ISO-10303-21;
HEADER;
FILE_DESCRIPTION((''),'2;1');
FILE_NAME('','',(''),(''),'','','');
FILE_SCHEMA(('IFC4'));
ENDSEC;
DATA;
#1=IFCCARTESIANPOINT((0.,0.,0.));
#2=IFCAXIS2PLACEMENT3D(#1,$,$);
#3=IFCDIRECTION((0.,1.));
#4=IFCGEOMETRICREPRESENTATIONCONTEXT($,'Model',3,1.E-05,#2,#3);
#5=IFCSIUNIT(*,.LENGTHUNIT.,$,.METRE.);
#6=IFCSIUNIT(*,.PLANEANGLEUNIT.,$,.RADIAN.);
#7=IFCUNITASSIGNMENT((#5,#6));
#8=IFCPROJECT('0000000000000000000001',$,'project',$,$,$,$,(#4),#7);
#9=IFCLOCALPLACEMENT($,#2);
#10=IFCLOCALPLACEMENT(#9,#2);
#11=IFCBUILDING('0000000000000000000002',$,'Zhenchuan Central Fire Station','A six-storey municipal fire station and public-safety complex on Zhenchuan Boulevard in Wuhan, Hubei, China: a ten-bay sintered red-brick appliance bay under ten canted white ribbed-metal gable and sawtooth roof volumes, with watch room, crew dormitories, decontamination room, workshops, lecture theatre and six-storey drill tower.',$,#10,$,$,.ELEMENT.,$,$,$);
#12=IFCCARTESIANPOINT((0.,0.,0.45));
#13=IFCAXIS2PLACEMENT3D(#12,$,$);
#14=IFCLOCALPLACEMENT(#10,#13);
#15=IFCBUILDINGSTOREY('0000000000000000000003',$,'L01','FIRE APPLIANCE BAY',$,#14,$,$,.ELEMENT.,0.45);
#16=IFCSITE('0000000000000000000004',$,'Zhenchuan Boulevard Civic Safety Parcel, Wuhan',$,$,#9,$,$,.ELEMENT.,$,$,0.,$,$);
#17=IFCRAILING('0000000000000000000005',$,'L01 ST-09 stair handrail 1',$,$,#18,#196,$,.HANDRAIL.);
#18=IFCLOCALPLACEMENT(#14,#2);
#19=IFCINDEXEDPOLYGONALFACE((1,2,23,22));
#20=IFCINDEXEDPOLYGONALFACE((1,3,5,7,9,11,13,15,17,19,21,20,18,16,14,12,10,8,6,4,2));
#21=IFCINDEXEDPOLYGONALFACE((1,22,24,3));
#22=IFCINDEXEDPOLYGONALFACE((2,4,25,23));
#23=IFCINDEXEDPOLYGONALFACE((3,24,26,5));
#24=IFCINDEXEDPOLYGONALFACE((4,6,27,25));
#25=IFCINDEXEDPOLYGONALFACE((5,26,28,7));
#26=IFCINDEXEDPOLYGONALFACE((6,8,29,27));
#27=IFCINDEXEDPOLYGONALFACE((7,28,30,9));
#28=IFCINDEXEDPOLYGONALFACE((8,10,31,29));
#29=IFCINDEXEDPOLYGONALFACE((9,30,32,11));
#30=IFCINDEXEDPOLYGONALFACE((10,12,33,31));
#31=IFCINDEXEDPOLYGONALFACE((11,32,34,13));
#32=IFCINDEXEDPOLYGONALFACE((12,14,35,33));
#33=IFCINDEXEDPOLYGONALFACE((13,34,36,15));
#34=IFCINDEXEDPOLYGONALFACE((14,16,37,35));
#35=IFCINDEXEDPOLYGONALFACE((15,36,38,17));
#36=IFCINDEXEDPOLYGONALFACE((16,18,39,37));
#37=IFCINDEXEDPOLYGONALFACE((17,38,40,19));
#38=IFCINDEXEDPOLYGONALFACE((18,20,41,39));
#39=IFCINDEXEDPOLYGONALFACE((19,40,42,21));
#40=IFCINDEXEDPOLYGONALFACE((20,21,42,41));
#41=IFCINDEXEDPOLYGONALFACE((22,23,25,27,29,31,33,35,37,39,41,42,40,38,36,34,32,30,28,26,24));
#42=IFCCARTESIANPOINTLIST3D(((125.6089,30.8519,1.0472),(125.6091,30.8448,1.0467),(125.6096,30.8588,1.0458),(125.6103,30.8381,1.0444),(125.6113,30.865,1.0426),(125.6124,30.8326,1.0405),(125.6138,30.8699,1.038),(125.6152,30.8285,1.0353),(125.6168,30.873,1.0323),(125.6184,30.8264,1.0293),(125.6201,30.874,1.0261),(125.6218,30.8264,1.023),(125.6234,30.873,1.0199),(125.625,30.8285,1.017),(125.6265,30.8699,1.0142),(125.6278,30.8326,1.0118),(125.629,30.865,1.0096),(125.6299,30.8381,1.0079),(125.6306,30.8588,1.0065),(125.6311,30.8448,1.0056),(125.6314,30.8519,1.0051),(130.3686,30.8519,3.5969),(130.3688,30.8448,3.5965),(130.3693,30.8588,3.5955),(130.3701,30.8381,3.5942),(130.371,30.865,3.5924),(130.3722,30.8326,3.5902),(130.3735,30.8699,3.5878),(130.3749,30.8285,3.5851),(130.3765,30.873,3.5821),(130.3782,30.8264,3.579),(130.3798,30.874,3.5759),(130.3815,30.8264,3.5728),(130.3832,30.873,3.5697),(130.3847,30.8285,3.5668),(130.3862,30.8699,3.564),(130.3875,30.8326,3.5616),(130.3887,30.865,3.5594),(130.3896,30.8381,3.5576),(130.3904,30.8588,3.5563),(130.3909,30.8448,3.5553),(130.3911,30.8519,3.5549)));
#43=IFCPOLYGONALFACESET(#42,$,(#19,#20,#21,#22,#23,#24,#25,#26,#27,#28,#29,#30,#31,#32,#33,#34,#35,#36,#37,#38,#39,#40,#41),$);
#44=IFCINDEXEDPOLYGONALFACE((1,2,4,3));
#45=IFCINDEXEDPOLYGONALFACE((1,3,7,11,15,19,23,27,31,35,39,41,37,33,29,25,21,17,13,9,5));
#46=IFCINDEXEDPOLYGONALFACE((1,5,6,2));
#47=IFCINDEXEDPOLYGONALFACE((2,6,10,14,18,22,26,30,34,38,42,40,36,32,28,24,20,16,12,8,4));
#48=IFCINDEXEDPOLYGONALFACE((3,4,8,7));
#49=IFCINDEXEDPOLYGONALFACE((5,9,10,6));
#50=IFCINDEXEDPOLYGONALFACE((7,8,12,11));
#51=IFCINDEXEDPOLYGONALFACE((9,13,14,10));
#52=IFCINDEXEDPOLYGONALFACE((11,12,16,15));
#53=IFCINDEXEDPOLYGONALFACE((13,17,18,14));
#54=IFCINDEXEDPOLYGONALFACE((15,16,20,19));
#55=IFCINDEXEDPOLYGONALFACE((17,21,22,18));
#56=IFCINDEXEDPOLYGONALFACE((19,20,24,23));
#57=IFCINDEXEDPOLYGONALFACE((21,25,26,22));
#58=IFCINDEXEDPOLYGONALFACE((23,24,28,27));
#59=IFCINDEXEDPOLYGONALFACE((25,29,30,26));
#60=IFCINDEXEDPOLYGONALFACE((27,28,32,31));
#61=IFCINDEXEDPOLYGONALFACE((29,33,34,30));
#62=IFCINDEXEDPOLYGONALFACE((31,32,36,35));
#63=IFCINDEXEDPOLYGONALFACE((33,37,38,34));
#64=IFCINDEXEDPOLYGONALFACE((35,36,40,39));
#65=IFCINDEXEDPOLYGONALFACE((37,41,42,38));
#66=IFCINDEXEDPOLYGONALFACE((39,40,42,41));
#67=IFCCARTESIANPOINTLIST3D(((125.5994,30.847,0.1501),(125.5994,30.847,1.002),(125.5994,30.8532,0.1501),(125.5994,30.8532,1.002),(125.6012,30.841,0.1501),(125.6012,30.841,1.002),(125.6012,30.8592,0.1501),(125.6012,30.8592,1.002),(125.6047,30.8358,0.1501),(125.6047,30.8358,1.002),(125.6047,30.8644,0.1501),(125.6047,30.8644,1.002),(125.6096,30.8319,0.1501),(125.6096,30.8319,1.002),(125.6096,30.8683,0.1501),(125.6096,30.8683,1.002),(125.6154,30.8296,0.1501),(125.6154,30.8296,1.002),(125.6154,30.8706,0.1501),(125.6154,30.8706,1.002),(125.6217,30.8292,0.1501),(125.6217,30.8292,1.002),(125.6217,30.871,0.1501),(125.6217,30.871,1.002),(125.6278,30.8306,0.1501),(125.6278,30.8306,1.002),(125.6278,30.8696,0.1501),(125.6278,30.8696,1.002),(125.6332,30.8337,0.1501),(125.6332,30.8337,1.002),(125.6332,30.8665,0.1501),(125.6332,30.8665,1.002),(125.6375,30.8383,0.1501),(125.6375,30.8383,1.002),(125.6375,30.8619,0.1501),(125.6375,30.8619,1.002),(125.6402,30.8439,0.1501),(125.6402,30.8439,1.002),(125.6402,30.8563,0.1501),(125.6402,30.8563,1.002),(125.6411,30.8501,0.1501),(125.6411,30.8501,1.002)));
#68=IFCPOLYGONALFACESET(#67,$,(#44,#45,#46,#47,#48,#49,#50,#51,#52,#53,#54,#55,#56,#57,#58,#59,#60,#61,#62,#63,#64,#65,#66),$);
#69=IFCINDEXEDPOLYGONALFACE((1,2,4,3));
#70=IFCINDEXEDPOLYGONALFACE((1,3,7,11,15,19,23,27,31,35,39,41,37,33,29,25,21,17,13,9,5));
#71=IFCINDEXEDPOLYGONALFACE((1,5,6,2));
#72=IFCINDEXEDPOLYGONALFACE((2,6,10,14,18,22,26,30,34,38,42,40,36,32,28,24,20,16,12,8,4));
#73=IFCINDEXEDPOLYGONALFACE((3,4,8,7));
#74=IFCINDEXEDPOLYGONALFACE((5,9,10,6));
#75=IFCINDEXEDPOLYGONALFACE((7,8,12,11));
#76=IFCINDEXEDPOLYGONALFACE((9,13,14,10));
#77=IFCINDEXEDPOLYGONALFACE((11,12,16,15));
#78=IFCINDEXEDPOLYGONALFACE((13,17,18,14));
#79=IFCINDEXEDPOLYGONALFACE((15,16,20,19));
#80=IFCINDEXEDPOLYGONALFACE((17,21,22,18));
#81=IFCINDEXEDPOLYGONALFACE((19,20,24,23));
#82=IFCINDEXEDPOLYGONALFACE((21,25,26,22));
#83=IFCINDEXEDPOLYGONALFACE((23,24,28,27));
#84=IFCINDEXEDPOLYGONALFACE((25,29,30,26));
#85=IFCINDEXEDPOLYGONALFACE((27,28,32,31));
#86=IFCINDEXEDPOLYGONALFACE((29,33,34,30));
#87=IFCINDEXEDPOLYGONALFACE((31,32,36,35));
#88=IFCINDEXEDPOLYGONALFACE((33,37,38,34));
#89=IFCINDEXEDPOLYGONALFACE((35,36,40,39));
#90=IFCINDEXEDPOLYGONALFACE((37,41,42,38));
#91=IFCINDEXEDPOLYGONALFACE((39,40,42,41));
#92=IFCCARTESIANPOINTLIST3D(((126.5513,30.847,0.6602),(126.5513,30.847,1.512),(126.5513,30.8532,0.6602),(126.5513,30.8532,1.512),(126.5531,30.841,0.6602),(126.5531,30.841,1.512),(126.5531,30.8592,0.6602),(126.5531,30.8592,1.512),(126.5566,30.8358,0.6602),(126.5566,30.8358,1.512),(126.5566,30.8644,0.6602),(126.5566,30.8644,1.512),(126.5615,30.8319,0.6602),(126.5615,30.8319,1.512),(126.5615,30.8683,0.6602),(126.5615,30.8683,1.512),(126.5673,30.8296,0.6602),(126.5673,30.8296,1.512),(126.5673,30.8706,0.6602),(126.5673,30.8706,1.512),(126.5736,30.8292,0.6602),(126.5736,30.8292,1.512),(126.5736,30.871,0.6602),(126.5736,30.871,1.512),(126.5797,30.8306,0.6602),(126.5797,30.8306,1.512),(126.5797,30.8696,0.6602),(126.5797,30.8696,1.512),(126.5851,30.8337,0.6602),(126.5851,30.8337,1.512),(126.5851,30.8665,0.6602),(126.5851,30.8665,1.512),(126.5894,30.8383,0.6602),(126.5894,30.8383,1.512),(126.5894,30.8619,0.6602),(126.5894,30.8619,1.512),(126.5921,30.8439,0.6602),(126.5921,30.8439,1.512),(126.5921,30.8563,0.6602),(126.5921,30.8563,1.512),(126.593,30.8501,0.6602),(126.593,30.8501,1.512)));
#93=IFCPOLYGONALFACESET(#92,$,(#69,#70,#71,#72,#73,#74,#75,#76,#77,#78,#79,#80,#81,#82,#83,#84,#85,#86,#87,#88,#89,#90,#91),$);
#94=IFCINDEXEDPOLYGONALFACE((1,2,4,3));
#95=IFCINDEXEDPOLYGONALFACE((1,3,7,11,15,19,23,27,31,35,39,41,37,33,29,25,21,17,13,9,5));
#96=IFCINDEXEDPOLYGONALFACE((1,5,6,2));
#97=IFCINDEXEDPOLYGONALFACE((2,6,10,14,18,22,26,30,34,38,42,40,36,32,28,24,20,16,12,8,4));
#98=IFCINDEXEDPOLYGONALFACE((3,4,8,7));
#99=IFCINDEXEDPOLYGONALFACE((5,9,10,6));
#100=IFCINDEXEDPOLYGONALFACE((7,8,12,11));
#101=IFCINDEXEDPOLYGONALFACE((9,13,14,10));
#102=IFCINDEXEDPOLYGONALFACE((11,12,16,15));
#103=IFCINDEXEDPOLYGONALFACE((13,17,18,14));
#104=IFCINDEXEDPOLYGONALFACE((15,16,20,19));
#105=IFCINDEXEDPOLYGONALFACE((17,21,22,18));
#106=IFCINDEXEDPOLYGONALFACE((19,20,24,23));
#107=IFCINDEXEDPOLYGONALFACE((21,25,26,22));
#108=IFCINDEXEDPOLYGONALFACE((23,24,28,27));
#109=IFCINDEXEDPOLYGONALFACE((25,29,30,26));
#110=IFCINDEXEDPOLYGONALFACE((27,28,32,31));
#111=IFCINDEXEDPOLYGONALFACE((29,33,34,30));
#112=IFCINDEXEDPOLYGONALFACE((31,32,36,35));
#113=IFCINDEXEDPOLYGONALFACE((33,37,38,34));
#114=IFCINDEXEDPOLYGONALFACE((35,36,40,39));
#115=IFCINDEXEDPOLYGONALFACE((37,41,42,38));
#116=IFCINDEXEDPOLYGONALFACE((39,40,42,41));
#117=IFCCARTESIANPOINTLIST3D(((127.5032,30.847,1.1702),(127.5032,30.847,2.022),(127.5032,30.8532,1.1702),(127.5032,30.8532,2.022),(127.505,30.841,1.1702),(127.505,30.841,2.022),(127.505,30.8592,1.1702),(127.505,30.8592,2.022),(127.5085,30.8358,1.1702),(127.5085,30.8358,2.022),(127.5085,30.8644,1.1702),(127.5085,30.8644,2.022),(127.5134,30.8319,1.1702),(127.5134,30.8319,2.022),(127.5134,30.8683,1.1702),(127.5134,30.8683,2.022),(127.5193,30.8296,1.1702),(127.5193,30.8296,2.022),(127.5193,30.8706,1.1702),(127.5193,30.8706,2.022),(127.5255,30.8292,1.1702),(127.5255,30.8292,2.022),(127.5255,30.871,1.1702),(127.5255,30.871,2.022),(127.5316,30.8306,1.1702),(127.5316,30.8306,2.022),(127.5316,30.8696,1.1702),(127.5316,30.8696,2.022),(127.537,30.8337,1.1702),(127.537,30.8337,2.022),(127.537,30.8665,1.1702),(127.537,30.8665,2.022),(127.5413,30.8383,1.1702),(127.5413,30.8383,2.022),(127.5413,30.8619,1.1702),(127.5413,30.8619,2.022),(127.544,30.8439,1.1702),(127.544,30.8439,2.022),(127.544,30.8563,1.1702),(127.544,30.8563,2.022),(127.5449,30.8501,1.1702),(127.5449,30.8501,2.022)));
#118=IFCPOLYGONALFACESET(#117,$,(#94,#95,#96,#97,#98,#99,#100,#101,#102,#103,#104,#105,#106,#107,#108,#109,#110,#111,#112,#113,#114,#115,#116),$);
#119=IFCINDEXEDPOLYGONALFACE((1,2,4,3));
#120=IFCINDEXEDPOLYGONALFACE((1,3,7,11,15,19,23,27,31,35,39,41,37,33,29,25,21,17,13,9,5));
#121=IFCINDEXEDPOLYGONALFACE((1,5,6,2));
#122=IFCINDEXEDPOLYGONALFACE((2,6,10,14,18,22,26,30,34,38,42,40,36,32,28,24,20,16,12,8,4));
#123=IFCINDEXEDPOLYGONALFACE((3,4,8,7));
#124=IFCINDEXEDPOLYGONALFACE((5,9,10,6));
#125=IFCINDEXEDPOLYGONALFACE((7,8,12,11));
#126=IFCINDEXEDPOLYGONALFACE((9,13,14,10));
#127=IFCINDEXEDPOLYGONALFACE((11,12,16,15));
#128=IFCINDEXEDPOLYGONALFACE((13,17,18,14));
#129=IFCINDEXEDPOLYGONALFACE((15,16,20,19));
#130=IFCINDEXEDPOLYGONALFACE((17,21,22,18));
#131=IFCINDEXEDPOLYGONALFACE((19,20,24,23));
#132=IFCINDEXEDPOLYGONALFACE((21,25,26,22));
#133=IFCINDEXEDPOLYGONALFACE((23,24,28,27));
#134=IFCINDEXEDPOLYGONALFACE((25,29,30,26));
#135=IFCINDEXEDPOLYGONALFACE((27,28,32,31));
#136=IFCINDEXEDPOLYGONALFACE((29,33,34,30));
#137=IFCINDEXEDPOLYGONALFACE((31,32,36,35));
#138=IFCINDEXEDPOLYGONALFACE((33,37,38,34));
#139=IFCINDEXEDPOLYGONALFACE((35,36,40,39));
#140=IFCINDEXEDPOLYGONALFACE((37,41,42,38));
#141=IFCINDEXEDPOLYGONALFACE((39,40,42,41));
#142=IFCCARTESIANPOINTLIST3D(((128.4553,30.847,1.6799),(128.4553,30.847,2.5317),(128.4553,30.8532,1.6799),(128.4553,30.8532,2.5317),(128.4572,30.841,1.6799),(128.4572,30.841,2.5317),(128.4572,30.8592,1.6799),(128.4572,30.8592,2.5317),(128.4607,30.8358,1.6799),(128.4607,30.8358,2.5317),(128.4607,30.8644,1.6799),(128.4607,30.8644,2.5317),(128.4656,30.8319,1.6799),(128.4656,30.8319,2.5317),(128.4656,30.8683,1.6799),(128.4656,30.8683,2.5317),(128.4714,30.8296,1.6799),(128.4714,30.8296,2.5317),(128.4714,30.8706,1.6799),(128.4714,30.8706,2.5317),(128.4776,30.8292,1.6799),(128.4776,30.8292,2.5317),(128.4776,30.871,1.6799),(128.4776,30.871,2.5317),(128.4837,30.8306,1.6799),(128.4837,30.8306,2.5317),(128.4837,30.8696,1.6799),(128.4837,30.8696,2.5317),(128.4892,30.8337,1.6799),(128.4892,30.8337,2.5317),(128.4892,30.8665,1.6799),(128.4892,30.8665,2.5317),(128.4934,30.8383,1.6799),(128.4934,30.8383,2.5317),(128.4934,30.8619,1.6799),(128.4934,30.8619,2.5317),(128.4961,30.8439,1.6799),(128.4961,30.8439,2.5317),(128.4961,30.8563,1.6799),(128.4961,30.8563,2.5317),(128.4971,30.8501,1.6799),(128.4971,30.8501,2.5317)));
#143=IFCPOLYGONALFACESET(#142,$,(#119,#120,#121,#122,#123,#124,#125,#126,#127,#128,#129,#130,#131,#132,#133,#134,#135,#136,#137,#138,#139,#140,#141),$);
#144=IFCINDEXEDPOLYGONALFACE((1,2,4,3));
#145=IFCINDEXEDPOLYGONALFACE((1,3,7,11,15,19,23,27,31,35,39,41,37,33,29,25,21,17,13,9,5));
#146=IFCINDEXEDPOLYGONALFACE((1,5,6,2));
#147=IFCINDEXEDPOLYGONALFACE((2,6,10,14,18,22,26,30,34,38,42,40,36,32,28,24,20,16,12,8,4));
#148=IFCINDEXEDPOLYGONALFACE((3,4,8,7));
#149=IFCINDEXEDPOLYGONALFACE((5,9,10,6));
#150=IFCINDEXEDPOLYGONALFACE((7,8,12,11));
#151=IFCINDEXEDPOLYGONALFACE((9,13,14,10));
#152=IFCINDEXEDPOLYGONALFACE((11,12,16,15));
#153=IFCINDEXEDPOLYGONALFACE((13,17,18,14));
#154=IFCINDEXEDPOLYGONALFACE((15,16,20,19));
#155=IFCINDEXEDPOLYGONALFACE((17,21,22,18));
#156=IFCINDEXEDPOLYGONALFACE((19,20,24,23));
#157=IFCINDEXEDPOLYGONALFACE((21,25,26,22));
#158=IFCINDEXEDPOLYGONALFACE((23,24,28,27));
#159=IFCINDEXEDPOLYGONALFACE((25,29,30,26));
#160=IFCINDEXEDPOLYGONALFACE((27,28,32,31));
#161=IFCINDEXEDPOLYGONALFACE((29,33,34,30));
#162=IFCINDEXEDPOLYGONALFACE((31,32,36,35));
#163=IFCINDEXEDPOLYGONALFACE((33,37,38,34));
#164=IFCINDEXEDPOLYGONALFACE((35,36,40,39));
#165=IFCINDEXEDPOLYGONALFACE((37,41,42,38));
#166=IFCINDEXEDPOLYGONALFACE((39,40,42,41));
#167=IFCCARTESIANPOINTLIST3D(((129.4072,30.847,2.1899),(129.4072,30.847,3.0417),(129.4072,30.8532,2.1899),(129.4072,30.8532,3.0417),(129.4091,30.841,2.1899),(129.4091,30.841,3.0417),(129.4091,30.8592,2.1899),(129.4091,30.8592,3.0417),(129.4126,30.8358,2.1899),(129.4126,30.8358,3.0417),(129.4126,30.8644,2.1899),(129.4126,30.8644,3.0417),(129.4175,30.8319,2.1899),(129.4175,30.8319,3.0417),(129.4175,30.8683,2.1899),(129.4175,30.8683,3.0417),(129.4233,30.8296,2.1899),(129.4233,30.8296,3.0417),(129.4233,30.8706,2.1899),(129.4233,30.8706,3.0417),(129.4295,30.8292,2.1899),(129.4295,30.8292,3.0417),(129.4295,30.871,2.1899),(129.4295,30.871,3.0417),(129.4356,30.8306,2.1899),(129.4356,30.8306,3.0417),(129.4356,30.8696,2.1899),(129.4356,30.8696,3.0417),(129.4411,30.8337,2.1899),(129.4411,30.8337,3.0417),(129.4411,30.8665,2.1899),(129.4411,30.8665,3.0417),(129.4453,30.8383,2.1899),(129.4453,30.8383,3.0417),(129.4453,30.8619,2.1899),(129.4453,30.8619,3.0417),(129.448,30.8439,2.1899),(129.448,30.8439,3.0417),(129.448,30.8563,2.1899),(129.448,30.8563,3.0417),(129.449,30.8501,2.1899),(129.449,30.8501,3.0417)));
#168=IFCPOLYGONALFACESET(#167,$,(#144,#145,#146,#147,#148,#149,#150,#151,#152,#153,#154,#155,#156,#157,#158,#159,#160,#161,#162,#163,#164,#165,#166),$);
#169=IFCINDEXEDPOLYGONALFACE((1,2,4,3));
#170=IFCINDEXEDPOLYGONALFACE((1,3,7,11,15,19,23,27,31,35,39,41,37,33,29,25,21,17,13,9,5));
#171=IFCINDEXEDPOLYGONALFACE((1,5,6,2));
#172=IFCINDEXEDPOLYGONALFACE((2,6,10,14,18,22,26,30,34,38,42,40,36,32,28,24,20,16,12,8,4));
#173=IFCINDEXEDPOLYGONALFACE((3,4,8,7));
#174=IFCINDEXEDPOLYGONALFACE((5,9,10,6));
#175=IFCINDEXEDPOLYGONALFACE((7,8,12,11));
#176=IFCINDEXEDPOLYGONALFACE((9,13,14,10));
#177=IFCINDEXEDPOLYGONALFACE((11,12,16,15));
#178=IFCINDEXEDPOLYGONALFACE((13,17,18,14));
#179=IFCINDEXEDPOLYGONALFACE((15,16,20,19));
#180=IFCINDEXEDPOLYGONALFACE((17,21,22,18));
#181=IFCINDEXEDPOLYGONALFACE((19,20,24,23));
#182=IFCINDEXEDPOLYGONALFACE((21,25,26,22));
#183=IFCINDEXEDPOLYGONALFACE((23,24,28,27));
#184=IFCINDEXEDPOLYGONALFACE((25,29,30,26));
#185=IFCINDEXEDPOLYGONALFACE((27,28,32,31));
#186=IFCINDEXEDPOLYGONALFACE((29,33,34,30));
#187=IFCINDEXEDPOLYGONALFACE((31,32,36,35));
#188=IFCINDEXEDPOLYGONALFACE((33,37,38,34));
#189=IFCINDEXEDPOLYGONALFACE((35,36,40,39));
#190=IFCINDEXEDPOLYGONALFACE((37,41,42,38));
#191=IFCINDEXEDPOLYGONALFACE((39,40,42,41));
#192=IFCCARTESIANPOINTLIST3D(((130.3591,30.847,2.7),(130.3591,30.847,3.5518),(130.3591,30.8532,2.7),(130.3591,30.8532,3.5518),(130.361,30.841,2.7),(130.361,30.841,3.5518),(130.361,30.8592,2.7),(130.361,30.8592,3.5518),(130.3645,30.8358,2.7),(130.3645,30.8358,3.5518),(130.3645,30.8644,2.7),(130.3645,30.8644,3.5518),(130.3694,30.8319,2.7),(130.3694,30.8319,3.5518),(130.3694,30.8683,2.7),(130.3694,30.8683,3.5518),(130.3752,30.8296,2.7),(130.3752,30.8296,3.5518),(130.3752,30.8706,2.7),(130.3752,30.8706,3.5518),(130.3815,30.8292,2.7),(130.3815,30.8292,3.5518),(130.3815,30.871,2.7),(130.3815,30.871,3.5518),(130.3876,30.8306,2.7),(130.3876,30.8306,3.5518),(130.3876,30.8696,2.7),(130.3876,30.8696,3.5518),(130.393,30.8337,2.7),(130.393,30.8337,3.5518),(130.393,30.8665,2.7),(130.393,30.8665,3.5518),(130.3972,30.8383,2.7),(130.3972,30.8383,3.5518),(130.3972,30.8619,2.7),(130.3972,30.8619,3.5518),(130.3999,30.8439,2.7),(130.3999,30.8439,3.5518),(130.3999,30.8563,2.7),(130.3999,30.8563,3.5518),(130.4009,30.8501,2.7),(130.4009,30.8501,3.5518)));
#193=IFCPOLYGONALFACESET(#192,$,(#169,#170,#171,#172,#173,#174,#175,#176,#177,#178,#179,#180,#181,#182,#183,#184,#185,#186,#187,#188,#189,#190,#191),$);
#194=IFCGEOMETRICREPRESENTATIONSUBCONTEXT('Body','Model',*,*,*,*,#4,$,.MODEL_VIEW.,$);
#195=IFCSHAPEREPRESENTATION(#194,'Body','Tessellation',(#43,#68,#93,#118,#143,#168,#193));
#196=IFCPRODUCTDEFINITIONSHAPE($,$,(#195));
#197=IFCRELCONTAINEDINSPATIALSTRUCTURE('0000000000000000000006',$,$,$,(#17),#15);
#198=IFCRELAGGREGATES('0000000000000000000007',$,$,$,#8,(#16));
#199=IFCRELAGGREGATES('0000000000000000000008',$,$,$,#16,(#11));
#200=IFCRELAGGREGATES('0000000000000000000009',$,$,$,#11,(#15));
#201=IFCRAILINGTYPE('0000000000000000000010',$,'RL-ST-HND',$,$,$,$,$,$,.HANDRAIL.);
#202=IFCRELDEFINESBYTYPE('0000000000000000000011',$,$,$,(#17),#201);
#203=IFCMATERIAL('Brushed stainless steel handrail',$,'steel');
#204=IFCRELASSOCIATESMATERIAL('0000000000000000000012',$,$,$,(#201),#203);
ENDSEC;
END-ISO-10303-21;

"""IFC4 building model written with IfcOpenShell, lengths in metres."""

from ifc_helpers import new_model, si_unit, direction, frame, origin, origin_2d, place, context, subcontext, project, spatial, circle, extrude, material, type_object, element, save


model = new_model("IFC4")

# Units and contexts
model_context = context("Model", 3, precision=1e-05, world=origin(), true_north=direction((0.0, 1.0)))
body_context = subcontext(model_context, "Body", "Model", "MODEL_VIEW")
ifc_project = project(units=[si_unit("LENGTHUNIT", "METRE"), si_unit("PLANEANGLEUNIT", "RADIAN")], contexts=[model_context])

# Site, building, storey
site_placement = place(None, origin())
site = spatial("IfcSite", under=ifc_project, at=site_placement, Name="Zhenchuan Boulevard Civic Safety Parcel, Wuhan", CompositionType="ELEMENT", RefElevation=0.0)
building_placement = place(site_placement, origin())
building = spatial("IfcBuilding", under=site, at=building_placement, Name="Zhenchuan Central Fire Station", Description="A six-storey municipal fire station and public-safety complex on Zhenchuan Boulevard in Wuhan, Hubei, China: a ten-bay sintered red-brick appliance bay under ten canted white ribbed-metal gable and sawtooth roof volumes, with watch room, crew dormitories, decontamination room, workshops, lecture theatre and six-storey drill tower.", CompositionType="ELEMENT")
storey_placement = place(building_placement, frame((0.0, 0.0, 0.45)))
storey = spatial("IfcBuildingStorey", under=building, at=storey_placement, Name="L01", Description="FIRE APPLIANCE BAY", CompositionType="ELEMENT", Elevation=0.45)

# Railing
ifc_material_1 = material(Name="Brushed stainless steel handrail", Category="steel")
railing_type_1 = type_object("IfcRailingType", Name="RL-ST-HND", PredefinedType="HANDRAIL", material=ifc_material_1)
railing_1_placement = place(storey_placement, frame((125.6201, 30.8501, 0.1501)))
element("IfcRailing", 1, at=railing_1_placement, inside=storey, type_object=railing_type_1, Name="L01 ST-09 stair handrail 1", PredefinedType="HANDRAIL", context=body_context, shape_type="SweptSolid", body=[
    extrude(circle(Radius=0.0239, at=origin_2d()), frame((0.0, 0.0, 0.876), z_axis=(0.881485, 0.0, 0.472211), x_axis=(0.0, 1.0, 0.0)), (0.0, 0.0, 1.0), 5.3997),
    extrude(circle(Radius=0.021, at=origin_2d()), origin(), (0.0, 0.0, 1.0), 0.8518),
    extrude(circle(Radius=0.021, at=origin_2d()), frame((0.9519, 0.0, 0.51)), (0.0, 0.0, 1.0), 0.8518),
    extrude(circle(Radius=0.021, at=origin_2d()), frame((1.9038, 0.0, 1.02)), (0.0, 0.0, 1.0), 0.8518),
    extrude(circle(Radius=0.021, at=origin_2d()), frame((2.856, 0.0, 1.5298)), (0.0, 0.0, 1.0), 0.8518),
    extrude(circle(Radius=0.021, at=origin_2d()), frame((3.8079, 0.0, 2.0398)), (0.0, 0.0, 1.0), 0.8518),
    extrude(circle(Radius=0.021, at=origin_2d()), frame((4.7598, 0.0, 2.5498)), (0.0, 0.0, 1.0), 0.8518),
])

save(model, "model.ifc")
